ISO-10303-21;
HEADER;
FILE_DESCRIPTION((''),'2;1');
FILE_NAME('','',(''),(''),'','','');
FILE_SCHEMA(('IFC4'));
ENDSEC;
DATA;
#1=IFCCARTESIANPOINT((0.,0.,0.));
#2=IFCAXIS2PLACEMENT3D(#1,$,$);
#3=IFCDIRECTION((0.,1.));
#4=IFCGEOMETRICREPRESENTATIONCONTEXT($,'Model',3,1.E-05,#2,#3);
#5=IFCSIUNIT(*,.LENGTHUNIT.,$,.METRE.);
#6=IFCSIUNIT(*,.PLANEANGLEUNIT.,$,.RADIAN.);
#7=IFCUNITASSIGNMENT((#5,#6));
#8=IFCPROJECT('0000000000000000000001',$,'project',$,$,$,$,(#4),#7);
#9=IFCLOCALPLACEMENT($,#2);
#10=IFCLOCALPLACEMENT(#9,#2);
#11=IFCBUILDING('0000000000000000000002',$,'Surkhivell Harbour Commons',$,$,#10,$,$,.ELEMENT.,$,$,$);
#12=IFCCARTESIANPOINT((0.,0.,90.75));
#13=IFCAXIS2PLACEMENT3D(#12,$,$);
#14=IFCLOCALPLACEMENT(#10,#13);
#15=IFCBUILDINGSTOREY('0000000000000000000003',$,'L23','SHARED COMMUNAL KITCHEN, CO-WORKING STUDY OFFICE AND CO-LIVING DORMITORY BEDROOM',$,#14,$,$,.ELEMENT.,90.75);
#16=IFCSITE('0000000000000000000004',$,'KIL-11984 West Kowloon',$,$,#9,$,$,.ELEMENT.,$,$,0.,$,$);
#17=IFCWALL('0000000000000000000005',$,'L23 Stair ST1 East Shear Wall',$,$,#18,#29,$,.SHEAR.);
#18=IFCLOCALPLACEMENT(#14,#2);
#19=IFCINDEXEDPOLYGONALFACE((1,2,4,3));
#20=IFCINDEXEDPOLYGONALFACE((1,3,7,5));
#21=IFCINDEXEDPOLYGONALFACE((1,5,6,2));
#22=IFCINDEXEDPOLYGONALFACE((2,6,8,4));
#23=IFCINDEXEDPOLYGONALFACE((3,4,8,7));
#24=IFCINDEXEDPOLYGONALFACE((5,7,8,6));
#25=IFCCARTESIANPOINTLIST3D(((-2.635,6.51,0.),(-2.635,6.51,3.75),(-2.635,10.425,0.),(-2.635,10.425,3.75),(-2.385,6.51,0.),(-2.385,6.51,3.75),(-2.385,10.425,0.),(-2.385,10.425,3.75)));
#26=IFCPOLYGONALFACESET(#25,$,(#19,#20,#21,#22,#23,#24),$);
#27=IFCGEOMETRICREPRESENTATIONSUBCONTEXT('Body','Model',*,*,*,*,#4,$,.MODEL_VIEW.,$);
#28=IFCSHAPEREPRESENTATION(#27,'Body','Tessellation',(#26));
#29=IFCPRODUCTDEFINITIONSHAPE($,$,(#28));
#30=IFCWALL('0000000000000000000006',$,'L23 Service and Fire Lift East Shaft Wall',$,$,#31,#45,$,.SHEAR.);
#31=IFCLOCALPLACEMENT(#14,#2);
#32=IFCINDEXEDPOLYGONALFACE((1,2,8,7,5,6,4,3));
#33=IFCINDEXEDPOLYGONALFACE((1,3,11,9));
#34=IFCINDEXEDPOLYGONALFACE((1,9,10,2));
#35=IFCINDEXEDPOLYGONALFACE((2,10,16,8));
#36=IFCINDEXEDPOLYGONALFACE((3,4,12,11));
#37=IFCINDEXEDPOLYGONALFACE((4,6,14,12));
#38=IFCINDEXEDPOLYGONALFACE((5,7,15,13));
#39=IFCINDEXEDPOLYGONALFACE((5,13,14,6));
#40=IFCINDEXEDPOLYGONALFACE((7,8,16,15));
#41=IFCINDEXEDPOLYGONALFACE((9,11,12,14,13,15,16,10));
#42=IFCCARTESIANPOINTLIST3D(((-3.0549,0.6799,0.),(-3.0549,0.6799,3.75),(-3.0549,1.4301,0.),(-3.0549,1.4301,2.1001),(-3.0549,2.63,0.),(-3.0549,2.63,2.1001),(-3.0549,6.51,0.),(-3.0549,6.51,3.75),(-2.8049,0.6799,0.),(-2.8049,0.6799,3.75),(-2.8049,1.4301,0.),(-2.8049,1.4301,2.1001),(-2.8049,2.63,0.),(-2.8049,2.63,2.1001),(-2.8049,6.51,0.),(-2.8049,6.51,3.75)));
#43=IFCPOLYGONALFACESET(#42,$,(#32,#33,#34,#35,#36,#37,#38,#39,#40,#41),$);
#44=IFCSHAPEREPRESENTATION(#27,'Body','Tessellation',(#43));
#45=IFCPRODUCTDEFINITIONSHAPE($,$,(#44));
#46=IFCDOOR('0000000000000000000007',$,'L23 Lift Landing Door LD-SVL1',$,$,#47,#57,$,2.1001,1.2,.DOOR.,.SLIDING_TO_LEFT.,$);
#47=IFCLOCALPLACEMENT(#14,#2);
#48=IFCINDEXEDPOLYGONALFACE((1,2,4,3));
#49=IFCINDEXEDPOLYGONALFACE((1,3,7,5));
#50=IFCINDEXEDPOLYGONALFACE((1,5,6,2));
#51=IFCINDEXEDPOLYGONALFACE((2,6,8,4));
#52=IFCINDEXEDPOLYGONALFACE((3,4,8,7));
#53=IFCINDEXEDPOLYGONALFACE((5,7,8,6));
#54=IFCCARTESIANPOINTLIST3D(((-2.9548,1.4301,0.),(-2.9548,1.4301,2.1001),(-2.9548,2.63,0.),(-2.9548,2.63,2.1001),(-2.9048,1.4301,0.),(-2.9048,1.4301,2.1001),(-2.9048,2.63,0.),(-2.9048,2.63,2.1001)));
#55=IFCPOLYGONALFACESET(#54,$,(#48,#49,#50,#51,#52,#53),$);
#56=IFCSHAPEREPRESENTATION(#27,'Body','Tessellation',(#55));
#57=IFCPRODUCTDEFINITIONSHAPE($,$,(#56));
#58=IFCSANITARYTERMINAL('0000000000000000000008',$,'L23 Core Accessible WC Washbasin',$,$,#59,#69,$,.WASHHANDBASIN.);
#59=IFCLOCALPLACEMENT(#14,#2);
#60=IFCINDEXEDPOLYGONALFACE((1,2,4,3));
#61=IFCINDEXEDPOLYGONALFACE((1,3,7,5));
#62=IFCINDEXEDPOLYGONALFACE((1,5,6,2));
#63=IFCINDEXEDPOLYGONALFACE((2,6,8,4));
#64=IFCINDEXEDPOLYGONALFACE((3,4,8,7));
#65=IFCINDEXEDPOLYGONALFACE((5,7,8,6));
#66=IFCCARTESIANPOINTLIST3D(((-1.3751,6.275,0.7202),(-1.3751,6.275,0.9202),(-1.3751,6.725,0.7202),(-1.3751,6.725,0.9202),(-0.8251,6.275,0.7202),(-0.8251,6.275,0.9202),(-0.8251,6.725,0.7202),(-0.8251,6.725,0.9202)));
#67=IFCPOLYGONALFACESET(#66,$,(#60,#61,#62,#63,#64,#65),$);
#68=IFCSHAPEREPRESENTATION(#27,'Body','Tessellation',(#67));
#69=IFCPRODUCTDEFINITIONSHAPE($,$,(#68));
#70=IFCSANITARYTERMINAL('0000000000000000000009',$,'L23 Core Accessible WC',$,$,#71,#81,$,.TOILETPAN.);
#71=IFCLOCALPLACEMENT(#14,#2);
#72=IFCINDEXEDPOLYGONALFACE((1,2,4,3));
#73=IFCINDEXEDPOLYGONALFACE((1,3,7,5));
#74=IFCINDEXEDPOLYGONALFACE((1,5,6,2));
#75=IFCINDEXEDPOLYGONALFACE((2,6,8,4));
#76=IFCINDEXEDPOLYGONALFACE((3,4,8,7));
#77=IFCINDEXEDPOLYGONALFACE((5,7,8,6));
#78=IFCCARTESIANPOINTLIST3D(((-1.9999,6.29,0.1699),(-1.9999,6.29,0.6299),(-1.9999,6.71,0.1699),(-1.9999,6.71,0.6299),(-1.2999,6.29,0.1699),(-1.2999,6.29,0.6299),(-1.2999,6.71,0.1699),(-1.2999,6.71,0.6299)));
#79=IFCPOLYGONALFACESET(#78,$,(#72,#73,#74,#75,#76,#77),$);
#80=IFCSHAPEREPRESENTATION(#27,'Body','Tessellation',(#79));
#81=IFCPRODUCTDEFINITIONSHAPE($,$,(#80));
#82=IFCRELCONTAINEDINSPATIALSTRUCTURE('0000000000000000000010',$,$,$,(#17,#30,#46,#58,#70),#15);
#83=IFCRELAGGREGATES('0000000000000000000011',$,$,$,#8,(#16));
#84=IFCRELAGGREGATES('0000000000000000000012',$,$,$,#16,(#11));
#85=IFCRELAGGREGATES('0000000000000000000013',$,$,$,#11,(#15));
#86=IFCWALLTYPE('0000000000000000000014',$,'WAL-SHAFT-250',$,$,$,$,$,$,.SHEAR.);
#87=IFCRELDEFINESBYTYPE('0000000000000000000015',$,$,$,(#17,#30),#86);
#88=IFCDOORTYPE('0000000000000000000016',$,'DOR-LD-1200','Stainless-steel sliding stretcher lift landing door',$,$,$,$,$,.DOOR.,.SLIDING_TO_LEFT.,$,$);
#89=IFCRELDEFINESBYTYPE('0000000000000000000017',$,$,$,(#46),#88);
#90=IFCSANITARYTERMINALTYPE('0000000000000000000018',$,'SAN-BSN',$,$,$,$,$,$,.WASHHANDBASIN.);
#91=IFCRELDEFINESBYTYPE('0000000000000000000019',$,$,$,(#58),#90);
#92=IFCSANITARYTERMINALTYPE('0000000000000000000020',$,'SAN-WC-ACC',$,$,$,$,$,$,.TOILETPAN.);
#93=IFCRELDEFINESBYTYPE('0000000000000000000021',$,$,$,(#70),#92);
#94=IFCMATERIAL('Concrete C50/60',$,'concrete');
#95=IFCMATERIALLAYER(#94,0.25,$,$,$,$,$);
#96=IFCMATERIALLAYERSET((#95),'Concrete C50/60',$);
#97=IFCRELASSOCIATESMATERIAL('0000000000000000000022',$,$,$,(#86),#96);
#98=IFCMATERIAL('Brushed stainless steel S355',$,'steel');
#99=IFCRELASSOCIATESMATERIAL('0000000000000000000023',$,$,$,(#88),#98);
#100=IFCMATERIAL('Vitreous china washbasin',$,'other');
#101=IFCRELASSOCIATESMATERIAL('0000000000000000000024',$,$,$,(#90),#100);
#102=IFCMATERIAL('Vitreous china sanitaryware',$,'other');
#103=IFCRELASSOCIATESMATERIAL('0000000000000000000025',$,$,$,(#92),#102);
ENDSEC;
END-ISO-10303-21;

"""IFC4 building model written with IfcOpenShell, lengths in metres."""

from ifc_helpers import new_model, si_unit, direction, frame, frame_2d, origin, origin_2d, place, context, subcontext, project, spatial, rectangle, extrude, material, layer, layer_set, type_object, element, fill, save


model = new_model("IFC4")

# Units and contexts
model_context = context("Model", 3, precision=1e-05, world=origin(), true_north=direction((0.0, 1.0)))
body_context = subcontext(model_context, "Body", "Model", "MODEL_VIEW")
ifc_project = project(units=[si_unit("LENGTHUNIT", "METRE"), si_unit("PLANEANGLEUNIT", "RADIAN")], contexts=[model_context])

# Site, building, storey
site_placement = place(None, origin())
site = spatial("IfcSite", under=ifc_project, at=site_placement, Name="KIL-11984 West Kowloon", CompositionType="ELEMENT", RefElevation=0.0)
building_placement = place(site_placement, origin())
building = spatial("IfcBuilding", under=site, at=building_placement, Name="Surkhivell Harbour Commons", CompositionType="ELEMENT")
storey_placement = place(building_placement, frame((0.0, 0.0, 90.75)))
storey = spatial("IfcBuildingStorey", under=building, at=storey_placement, Name="L23", Description="SHARED COMMUNAL KITCHEN, CO-WORKING STUDY OFFICE AND CO-LIVING DORMITORY BEDROOM", CompositionType="ELEMENT", Elevation=90.75)

# Shared definitions
ifc_material_1 = material(Name="Concrete C50/60", Category="concrete")
ifc_layer_1 = layer(ifc_material_1, 0.25)
ifc_layer_set_1 = layer_set([ifc_layer_1], Name="Concrete C50/60")
wall_type_1 = type_object("IfcWallType", Name="WAL-SHAFT-250", PredefinedType="SHEAR", material=ifc_layer_set_1)

# Shared definitions
ifc_material_2 = material(Name="Brushed stainless steel S355", Category="steel")

# Wall
wall_1_placement = place(storey_placement, frame((-2.51, 6.51, 0.0), z_axis=(0.0, 0.0, 1.0), x_axis=(0.0, 1.0, 0.0)))
element("IfcWall", 1, at=wall_1_placement, inside=storey, type_object=wall_type_1, Name="L23 Stair ST1 East Shear Wall", PredefinedType="SHEAR", context=body_context, shape_type="SweptSolid", body=[
    extrude(rectangle(XDim=3.915, YDim=0.25, at=frame_2d((1.9575, 0.0))), origin(), (0.0, 0.0, 1.0), 3.75),
])

# Wall, opening, door
wall_2_placement = place(storey_placement, frame((-2.9299, 0.6799, 0.0), z_axis=(0.0, 0.0, 1.0), x_axis=(0.0, 1.0, 0.0)))
wall_2 = element("IfcWall", 2, at=wall_2_placement, inside=storey, type_object=wall_type_1, Name="L23 Service and Fire Lift East Shaft Wall", PredefinedType="SHEAR", context=body_context, shape_type="SweptSolid", body=[
    extrude(rectangle(XDim=5.8301, YDim=0.25, at=frame_2d((2.915, 0.0))), origin(), (0.0, 0.0, 1.0), 3.75),
])
opening_1_placement = place(wall_2_placement, frame((0.75, 0.0, 0.0)))
opening_1 = element("IfcOpeningElement", 3, at=opening_1_placement, cuts=wall_2, PredefinedType="OPENING", context=body_context, shape_type="SweptSolid", body=[
    extrude(rectangle(XDim=1.2, YDim=2.1001, at=frame_2d((0.6001, 1.05))), frame((0.0, 0.135, 0.0), z_axis=(0.0, -1.0, 0.0), x_axis=(1.0, 0.0, 0.0)), (0.0, 0.0, 1.0), 0.27),
])
door_type_1 = type_object("IfcDoorType", Name="DOR-LD-1200", Description="Stainless-steel sliding stretcher lift landing door", OperationType="SLIDING_TO_LEFT", PredefinedType="DOOR", material=ifc_material_2)
door_1_placement = place(opening_1_placement, origin())
door_1 = element("IfcDoor", 4, at=door_1_placement, inside=storey, type_object=door_type_1, Name="L23 Lift Landing Door LD-SVL1", OperationType="SLIDING_TO_LEFT", OverallHeight=2.1001, OverallWidth=1.2, PredefinedType="DOOR", context=body_context, shape_type="SweptSolid", body=[
    extrude(rectangle(XDim=1.2, YDim=2.1001, at=frame_2d((0.6001, 1.05))), frame((0.0, 0.0249, 0.0), z_axis=(0.0, -1.0, 0.0), x_axis=(1.0, 0.0, 0.0)), (0.0, 0.0, 1.0), 0.05),
])
fill(opening_1, door_1)

# Sanitary terminals
ifc_material_3 = material(Name="Vitreous china washbasin", Category="other")
sanitary_terminal_type_1 = type_object("IfcSanitaryTerminalType", Name="SAN-BSN", PredefinedType="WASHHANDBASIN", material=ifc_material_3)
sanitary_terminal_1_placement = place(storey_placement, frame((-1.1001, 6.5, 0.7202), z_axis=(0.0, 0.0, 1.0), x_axis=(1.0, 0.0, 0.0)))
element("IfcSanitaryTerminal", 5, at=sanitary_terminal_1_placement, inside=storey, type_object=sanitary_terminal_type_1, Name="L23 Core Accessible WC Washbasin", PredefinedType="WASHHANDBASIN", context=body_context, shape_type="SweptSolid", body=[
    extrude(rectangle(XDim=0.55, YDim=0.45, at=origin_2d()), origin(), (0.0, 0.0, 1.0), 0.2),
])
ifc_material_4 = material(Name="Vitreous china sanitaryware", Category="other")
sanitary_terminal_type_2 = type_object("IfcSanitaryTerminalType", Name="SAN-WC-ACC", PredefinedType="TOILETPAN", material=ifc_material_4)
sanitary_terminal_2_placement = place(storey_placement, frame((-1.6499, 6.5, 0.1699), z_axis=(0.0, 0.0, 1.0), x_axis=(1.0, 0.0, 0.0)))
element("IfcSanitaryTerminal", 6, at=sanitary_terminal_2_placement, inside=storey, type_object=sanitary_terminal_type_2, Name="L23 Core Accessible WC", PredefinedType="TOILETPAN", context=body_context, shape_type="SweptSolid", body=[
    extrude(rectangle(XDim=0.7, YDim=0.4199, at=origin_2d()), origin(), (0.0, 0.0, 1.0), 0.46),
])

save(model, "model.ifc")
